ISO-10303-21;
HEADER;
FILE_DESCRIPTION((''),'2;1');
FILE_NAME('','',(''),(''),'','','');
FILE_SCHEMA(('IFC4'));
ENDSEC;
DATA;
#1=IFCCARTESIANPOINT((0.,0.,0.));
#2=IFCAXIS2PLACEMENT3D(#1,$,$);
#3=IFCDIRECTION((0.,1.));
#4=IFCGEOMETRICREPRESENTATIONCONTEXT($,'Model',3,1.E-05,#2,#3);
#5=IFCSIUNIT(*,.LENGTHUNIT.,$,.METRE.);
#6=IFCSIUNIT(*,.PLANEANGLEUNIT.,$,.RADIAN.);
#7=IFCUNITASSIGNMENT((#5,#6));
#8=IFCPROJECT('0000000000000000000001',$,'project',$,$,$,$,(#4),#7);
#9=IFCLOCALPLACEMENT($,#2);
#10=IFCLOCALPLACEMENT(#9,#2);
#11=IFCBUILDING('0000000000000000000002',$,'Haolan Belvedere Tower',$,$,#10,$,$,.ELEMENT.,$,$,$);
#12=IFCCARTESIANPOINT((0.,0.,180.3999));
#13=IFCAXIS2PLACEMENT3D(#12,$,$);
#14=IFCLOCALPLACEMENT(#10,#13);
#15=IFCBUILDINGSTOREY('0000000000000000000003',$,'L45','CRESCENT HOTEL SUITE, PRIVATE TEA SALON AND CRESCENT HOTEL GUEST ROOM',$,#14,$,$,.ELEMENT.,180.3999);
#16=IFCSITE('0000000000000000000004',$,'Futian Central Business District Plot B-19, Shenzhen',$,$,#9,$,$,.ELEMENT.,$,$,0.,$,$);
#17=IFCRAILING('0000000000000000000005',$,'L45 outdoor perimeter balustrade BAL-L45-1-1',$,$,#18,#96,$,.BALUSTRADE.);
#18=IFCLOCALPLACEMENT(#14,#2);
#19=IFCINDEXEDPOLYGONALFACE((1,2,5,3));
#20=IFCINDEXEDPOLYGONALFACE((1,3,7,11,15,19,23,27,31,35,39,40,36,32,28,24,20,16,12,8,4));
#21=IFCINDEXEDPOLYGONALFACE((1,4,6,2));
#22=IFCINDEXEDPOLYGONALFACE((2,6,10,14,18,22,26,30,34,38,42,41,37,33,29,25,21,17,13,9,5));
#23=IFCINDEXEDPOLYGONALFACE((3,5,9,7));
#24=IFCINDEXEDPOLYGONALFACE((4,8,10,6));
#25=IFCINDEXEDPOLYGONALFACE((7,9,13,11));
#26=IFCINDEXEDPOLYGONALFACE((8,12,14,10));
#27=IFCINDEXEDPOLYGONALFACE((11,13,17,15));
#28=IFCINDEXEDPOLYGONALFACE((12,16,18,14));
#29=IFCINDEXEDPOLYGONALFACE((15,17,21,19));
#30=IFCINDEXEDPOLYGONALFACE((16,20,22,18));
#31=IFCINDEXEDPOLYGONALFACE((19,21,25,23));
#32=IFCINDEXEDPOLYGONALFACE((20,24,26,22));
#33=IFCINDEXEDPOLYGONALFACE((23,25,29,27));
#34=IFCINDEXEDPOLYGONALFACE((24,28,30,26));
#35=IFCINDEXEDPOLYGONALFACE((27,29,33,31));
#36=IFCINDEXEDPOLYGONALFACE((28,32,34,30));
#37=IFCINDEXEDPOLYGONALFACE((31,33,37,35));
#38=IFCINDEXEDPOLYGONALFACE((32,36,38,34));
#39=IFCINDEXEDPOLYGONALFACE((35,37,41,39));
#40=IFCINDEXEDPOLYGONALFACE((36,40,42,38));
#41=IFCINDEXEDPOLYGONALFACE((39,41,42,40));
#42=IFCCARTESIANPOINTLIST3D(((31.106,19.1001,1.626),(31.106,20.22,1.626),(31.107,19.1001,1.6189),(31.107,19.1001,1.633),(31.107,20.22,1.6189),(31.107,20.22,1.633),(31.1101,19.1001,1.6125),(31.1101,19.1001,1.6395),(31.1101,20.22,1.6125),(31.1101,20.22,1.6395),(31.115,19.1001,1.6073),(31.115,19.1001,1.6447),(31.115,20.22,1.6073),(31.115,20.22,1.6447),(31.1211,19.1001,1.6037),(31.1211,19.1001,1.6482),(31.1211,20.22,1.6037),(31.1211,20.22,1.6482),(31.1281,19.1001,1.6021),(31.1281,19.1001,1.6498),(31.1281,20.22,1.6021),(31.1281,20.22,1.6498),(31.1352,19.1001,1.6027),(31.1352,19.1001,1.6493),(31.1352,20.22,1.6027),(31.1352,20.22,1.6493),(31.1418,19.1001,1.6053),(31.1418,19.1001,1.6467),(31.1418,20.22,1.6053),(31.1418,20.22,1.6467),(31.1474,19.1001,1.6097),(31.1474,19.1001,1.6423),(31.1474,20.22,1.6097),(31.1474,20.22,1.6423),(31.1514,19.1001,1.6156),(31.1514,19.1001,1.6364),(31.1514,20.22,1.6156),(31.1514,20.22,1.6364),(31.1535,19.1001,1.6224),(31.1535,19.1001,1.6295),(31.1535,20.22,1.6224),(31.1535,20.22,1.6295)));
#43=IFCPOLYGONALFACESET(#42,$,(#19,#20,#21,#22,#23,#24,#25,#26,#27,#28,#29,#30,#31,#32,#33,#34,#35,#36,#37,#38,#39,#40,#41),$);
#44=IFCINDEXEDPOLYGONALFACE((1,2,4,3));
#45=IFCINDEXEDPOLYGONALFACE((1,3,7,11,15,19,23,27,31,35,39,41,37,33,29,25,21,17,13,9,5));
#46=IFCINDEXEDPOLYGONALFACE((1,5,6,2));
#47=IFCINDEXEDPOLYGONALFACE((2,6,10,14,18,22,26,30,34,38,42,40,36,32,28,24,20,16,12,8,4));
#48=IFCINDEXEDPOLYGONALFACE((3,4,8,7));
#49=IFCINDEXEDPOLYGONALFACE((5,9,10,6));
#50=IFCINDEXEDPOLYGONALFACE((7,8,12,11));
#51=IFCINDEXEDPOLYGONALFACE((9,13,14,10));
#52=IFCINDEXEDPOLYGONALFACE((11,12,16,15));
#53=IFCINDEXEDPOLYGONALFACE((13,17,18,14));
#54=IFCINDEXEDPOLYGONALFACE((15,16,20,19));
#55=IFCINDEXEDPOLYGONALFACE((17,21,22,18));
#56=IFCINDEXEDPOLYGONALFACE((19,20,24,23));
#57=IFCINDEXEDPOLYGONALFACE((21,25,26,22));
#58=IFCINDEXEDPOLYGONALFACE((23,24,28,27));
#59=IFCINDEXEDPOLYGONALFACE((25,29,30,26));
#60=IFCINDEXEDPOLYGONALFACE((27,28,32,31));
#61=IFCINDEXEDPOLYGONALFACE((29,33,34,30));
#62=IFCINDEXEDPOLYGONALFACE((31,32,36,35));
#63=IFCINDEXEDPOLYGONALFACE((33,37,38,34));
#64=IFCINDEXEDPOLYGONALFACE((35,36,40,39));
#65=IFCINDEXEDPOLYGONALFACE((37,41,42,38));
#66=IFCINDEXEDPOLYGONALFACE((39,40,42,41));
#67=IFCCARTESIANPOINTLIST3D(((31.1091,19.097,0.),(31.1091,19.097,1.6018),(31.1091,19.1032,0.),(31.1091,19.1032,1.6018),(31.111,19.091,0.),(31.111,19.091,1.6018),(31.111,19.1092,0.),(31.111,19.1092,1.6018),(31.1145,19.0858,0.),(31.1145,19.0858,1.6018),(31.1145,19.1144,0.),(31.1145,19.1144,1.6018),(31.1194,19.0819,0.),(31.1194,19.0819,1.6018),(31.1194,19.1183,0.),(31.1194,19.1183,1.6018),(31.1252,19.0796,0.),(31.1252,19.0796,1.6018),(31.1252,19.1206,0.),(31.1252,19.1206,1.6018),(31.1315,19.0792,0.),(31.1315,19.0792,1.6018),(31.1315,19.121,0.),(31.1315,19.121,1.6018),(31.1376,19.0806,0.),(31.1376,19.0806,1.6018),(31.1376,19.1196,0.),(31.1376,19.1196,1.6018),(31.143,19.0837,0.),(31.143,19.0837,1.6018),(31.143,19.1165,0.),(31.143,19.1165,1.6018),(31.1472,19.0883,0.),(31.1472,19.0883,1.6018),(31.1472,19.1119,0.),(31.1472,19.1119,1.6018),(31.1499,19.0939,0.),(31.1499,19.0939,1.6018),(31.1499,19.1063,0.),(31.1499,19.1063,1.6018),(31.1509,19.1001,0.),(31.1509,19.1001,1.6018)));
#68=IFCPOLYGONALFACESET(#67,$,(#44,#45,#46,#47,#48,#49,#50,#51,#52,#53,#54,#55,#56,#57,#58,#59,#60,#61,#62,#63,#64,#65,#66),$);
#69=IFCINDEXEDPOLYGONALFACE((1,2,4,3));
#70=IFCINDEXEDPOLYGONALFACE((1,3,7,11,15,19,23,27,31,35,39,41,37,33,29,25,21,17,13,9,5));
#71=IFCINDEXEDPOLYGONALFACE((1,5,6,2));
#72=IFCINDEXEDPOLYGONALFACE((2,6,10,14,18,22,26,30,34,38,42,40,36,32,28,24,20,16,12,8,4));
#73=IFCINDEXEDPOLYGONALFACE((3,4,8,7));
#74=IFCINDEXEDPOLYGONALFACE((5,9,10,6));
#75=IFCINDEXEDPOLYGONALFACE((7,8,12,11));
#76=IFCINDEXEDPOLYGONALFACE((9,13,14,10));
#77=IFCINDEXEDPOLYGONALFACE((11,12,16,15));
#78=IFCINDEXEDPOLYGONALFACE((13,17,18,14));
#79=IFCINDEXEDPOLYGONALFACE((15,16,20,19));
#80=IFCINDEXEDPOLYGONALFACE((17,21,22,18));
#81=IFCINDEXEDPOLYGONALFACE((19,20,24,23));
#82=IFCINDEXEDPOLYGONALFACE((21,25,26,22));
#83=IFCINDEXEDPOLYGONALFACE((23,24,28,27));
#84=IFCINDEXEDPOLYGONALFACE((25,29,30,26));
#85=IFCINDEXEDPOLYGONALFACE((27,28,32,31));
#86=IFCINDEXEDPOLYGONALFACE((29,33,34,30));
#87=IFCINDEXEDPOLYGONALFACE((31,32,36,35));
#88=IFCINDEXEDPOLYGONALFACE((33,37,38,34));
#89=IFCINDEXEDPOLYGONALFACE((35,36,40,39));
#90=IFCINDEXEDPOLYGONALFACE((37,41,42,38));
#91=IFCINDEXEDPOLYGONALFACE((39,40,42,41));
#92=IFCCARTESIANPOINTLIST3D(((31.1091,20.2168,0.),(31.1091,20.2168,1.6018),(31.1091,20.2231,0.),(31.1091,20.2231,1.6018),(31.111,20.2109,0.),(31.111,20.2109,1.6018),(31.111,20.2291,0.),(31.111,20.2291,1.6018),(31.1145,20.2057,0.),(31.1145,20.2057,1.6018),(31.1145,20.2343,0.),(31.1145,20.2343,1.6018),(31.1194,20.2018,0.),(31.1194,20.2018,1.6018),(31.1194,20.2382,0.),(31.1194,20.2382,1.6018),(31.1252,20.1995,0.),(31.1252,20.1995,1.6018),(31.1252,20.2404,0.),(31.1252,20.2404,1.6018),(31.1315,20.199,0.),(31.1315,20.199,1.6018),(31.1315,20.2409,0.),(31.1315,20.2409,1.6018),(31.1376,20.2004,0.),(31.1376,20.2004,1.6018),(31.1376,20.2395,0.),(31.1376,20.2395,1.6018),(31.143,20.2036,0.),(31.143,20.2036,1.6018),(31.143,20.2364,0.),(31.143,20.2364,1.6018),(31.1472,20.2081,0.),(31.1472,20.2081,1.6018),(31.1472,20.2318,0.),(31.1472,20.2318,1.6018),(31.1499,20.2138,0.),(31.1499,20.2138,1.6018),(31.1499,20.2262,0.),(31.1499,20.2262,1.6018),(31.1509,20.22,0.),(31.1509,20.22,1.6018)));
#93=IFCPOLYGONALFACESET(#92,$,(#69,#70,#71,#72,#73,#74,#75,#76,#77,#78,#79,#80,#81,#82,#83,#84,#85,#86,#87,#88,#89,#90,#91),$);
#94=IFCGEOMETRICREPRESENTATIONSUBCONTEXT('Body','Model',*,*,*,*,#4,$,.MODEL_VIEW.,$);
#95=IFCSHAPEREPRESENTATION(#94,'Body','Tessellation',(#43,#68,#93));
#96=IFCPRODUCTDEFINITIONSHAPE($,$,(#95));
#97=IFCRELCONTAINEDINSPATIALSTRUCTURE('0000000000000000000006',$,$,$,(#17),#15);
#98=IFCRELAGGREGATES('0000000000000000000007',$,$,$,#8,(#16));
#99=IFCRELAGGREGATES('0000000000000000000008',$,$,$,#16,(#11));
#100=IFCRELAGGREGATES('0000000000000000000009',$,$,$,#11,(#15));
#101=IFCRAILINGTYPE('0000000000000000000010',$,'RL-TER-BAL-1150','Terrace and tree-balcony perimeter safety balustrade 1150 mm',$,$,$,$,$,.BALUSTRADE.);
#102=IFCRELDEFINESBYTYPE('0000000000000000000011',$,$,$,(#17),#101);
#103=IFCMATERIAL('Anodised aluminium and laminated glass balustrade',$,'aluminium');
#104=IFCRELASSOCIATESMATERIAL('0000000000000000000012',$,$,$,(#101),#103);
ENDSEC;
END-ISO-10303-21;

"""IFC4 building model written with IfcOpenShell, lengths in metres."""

from ifc_helpers import new_model, si_unit, direction, frame, origin, origin_2d, place, context, subcontext, project, spatial, circle, extrude, material, type_object, element, save


model = new_model("IFC4")

# Units and contexts
model_context = context("Model", 3, precision=1e-05, world=origin(), true_north=direction((0.0, 1.0)))
body_context = subcontext(model_context, "Body", "Model", "MODEL_VIEW")
ifc_project = project(units=[si_unit("LENGTHUNIT", "METRE"), si_unit("PLANEANGLEUNIT", "RADIAN")], contexts=[model_context])

# Site, building, storey
site_placement = place(None, origin())
site = spatial("IfcSite", under=ifc_project, at=site_placement, Name="Futian Central Business District Plot B-19, Shenzhen", CompositionType="ELEMENT", RefElevation=0.0)
building_placement = place(site_placement, origin())
building = spatial("IfcBuilding", under=site, at=building_placement, Name="Haolan Belvedere Tower", CompositionType="ELEMENT")
storey_placement = place(building_placement, frame((0.0, 0.0, 180.3999)))
storey = spatial("IfcBuildingStorey", under=building, at=storey_placement, Name="L45", Description="CRESCENT HOTEL SUITE, PRIVATE TEA SALON AND CRESCENT HOTEL GUEST ROOM", CompositionType="ELEMENT", Elevation=180.3999)

# Railing
ifc_material_1 = material(Name="Anodised aluminium and laminated glass balustrade", Category="aluminium")
railing_type = type_object("IfcRailingType", Name="RL-TER-BAL-1150", Description="Terrace and tree-balcony perimeter safety balustrade 1150 mm", PredefinedType="BALUSTRADE", material=ifc_material_1)
railing_1_placement = place(storey_placement, frame((31.1299, 19.1001, 0.0)))
element("IfcRailing", 1, at=railing_1_placement, inside=storey, type_object=railing_type, Name="L45 outdoor perimeter balustrade BAL-L45-1-1", PredefinedType="BALUSTRADE", context=body_context, shape_type="SweptSolid", body=[
    extrude(circle(Radius=0.0239, at=origin_2d()), frame((0.0, 0.0, 1.626), z_axis=(0.0, 1.0, 0.0), x_axis=(-1.0, 0.0, 0.0)), (0.0, 0.0, 1.0), 1.1199),
    extrude(circle(Radius=0.021, at=origin_2d()), origin(), (0.0, 0.0, 1.0), 1.6018),
    extrude(circle(Radius=0.021, at=origin_2d()), frame((0.0, 1.1199, 0.0)), (0.0, 0.0, 1.0), 1.6018),
])

save(model, "model.ifc")
